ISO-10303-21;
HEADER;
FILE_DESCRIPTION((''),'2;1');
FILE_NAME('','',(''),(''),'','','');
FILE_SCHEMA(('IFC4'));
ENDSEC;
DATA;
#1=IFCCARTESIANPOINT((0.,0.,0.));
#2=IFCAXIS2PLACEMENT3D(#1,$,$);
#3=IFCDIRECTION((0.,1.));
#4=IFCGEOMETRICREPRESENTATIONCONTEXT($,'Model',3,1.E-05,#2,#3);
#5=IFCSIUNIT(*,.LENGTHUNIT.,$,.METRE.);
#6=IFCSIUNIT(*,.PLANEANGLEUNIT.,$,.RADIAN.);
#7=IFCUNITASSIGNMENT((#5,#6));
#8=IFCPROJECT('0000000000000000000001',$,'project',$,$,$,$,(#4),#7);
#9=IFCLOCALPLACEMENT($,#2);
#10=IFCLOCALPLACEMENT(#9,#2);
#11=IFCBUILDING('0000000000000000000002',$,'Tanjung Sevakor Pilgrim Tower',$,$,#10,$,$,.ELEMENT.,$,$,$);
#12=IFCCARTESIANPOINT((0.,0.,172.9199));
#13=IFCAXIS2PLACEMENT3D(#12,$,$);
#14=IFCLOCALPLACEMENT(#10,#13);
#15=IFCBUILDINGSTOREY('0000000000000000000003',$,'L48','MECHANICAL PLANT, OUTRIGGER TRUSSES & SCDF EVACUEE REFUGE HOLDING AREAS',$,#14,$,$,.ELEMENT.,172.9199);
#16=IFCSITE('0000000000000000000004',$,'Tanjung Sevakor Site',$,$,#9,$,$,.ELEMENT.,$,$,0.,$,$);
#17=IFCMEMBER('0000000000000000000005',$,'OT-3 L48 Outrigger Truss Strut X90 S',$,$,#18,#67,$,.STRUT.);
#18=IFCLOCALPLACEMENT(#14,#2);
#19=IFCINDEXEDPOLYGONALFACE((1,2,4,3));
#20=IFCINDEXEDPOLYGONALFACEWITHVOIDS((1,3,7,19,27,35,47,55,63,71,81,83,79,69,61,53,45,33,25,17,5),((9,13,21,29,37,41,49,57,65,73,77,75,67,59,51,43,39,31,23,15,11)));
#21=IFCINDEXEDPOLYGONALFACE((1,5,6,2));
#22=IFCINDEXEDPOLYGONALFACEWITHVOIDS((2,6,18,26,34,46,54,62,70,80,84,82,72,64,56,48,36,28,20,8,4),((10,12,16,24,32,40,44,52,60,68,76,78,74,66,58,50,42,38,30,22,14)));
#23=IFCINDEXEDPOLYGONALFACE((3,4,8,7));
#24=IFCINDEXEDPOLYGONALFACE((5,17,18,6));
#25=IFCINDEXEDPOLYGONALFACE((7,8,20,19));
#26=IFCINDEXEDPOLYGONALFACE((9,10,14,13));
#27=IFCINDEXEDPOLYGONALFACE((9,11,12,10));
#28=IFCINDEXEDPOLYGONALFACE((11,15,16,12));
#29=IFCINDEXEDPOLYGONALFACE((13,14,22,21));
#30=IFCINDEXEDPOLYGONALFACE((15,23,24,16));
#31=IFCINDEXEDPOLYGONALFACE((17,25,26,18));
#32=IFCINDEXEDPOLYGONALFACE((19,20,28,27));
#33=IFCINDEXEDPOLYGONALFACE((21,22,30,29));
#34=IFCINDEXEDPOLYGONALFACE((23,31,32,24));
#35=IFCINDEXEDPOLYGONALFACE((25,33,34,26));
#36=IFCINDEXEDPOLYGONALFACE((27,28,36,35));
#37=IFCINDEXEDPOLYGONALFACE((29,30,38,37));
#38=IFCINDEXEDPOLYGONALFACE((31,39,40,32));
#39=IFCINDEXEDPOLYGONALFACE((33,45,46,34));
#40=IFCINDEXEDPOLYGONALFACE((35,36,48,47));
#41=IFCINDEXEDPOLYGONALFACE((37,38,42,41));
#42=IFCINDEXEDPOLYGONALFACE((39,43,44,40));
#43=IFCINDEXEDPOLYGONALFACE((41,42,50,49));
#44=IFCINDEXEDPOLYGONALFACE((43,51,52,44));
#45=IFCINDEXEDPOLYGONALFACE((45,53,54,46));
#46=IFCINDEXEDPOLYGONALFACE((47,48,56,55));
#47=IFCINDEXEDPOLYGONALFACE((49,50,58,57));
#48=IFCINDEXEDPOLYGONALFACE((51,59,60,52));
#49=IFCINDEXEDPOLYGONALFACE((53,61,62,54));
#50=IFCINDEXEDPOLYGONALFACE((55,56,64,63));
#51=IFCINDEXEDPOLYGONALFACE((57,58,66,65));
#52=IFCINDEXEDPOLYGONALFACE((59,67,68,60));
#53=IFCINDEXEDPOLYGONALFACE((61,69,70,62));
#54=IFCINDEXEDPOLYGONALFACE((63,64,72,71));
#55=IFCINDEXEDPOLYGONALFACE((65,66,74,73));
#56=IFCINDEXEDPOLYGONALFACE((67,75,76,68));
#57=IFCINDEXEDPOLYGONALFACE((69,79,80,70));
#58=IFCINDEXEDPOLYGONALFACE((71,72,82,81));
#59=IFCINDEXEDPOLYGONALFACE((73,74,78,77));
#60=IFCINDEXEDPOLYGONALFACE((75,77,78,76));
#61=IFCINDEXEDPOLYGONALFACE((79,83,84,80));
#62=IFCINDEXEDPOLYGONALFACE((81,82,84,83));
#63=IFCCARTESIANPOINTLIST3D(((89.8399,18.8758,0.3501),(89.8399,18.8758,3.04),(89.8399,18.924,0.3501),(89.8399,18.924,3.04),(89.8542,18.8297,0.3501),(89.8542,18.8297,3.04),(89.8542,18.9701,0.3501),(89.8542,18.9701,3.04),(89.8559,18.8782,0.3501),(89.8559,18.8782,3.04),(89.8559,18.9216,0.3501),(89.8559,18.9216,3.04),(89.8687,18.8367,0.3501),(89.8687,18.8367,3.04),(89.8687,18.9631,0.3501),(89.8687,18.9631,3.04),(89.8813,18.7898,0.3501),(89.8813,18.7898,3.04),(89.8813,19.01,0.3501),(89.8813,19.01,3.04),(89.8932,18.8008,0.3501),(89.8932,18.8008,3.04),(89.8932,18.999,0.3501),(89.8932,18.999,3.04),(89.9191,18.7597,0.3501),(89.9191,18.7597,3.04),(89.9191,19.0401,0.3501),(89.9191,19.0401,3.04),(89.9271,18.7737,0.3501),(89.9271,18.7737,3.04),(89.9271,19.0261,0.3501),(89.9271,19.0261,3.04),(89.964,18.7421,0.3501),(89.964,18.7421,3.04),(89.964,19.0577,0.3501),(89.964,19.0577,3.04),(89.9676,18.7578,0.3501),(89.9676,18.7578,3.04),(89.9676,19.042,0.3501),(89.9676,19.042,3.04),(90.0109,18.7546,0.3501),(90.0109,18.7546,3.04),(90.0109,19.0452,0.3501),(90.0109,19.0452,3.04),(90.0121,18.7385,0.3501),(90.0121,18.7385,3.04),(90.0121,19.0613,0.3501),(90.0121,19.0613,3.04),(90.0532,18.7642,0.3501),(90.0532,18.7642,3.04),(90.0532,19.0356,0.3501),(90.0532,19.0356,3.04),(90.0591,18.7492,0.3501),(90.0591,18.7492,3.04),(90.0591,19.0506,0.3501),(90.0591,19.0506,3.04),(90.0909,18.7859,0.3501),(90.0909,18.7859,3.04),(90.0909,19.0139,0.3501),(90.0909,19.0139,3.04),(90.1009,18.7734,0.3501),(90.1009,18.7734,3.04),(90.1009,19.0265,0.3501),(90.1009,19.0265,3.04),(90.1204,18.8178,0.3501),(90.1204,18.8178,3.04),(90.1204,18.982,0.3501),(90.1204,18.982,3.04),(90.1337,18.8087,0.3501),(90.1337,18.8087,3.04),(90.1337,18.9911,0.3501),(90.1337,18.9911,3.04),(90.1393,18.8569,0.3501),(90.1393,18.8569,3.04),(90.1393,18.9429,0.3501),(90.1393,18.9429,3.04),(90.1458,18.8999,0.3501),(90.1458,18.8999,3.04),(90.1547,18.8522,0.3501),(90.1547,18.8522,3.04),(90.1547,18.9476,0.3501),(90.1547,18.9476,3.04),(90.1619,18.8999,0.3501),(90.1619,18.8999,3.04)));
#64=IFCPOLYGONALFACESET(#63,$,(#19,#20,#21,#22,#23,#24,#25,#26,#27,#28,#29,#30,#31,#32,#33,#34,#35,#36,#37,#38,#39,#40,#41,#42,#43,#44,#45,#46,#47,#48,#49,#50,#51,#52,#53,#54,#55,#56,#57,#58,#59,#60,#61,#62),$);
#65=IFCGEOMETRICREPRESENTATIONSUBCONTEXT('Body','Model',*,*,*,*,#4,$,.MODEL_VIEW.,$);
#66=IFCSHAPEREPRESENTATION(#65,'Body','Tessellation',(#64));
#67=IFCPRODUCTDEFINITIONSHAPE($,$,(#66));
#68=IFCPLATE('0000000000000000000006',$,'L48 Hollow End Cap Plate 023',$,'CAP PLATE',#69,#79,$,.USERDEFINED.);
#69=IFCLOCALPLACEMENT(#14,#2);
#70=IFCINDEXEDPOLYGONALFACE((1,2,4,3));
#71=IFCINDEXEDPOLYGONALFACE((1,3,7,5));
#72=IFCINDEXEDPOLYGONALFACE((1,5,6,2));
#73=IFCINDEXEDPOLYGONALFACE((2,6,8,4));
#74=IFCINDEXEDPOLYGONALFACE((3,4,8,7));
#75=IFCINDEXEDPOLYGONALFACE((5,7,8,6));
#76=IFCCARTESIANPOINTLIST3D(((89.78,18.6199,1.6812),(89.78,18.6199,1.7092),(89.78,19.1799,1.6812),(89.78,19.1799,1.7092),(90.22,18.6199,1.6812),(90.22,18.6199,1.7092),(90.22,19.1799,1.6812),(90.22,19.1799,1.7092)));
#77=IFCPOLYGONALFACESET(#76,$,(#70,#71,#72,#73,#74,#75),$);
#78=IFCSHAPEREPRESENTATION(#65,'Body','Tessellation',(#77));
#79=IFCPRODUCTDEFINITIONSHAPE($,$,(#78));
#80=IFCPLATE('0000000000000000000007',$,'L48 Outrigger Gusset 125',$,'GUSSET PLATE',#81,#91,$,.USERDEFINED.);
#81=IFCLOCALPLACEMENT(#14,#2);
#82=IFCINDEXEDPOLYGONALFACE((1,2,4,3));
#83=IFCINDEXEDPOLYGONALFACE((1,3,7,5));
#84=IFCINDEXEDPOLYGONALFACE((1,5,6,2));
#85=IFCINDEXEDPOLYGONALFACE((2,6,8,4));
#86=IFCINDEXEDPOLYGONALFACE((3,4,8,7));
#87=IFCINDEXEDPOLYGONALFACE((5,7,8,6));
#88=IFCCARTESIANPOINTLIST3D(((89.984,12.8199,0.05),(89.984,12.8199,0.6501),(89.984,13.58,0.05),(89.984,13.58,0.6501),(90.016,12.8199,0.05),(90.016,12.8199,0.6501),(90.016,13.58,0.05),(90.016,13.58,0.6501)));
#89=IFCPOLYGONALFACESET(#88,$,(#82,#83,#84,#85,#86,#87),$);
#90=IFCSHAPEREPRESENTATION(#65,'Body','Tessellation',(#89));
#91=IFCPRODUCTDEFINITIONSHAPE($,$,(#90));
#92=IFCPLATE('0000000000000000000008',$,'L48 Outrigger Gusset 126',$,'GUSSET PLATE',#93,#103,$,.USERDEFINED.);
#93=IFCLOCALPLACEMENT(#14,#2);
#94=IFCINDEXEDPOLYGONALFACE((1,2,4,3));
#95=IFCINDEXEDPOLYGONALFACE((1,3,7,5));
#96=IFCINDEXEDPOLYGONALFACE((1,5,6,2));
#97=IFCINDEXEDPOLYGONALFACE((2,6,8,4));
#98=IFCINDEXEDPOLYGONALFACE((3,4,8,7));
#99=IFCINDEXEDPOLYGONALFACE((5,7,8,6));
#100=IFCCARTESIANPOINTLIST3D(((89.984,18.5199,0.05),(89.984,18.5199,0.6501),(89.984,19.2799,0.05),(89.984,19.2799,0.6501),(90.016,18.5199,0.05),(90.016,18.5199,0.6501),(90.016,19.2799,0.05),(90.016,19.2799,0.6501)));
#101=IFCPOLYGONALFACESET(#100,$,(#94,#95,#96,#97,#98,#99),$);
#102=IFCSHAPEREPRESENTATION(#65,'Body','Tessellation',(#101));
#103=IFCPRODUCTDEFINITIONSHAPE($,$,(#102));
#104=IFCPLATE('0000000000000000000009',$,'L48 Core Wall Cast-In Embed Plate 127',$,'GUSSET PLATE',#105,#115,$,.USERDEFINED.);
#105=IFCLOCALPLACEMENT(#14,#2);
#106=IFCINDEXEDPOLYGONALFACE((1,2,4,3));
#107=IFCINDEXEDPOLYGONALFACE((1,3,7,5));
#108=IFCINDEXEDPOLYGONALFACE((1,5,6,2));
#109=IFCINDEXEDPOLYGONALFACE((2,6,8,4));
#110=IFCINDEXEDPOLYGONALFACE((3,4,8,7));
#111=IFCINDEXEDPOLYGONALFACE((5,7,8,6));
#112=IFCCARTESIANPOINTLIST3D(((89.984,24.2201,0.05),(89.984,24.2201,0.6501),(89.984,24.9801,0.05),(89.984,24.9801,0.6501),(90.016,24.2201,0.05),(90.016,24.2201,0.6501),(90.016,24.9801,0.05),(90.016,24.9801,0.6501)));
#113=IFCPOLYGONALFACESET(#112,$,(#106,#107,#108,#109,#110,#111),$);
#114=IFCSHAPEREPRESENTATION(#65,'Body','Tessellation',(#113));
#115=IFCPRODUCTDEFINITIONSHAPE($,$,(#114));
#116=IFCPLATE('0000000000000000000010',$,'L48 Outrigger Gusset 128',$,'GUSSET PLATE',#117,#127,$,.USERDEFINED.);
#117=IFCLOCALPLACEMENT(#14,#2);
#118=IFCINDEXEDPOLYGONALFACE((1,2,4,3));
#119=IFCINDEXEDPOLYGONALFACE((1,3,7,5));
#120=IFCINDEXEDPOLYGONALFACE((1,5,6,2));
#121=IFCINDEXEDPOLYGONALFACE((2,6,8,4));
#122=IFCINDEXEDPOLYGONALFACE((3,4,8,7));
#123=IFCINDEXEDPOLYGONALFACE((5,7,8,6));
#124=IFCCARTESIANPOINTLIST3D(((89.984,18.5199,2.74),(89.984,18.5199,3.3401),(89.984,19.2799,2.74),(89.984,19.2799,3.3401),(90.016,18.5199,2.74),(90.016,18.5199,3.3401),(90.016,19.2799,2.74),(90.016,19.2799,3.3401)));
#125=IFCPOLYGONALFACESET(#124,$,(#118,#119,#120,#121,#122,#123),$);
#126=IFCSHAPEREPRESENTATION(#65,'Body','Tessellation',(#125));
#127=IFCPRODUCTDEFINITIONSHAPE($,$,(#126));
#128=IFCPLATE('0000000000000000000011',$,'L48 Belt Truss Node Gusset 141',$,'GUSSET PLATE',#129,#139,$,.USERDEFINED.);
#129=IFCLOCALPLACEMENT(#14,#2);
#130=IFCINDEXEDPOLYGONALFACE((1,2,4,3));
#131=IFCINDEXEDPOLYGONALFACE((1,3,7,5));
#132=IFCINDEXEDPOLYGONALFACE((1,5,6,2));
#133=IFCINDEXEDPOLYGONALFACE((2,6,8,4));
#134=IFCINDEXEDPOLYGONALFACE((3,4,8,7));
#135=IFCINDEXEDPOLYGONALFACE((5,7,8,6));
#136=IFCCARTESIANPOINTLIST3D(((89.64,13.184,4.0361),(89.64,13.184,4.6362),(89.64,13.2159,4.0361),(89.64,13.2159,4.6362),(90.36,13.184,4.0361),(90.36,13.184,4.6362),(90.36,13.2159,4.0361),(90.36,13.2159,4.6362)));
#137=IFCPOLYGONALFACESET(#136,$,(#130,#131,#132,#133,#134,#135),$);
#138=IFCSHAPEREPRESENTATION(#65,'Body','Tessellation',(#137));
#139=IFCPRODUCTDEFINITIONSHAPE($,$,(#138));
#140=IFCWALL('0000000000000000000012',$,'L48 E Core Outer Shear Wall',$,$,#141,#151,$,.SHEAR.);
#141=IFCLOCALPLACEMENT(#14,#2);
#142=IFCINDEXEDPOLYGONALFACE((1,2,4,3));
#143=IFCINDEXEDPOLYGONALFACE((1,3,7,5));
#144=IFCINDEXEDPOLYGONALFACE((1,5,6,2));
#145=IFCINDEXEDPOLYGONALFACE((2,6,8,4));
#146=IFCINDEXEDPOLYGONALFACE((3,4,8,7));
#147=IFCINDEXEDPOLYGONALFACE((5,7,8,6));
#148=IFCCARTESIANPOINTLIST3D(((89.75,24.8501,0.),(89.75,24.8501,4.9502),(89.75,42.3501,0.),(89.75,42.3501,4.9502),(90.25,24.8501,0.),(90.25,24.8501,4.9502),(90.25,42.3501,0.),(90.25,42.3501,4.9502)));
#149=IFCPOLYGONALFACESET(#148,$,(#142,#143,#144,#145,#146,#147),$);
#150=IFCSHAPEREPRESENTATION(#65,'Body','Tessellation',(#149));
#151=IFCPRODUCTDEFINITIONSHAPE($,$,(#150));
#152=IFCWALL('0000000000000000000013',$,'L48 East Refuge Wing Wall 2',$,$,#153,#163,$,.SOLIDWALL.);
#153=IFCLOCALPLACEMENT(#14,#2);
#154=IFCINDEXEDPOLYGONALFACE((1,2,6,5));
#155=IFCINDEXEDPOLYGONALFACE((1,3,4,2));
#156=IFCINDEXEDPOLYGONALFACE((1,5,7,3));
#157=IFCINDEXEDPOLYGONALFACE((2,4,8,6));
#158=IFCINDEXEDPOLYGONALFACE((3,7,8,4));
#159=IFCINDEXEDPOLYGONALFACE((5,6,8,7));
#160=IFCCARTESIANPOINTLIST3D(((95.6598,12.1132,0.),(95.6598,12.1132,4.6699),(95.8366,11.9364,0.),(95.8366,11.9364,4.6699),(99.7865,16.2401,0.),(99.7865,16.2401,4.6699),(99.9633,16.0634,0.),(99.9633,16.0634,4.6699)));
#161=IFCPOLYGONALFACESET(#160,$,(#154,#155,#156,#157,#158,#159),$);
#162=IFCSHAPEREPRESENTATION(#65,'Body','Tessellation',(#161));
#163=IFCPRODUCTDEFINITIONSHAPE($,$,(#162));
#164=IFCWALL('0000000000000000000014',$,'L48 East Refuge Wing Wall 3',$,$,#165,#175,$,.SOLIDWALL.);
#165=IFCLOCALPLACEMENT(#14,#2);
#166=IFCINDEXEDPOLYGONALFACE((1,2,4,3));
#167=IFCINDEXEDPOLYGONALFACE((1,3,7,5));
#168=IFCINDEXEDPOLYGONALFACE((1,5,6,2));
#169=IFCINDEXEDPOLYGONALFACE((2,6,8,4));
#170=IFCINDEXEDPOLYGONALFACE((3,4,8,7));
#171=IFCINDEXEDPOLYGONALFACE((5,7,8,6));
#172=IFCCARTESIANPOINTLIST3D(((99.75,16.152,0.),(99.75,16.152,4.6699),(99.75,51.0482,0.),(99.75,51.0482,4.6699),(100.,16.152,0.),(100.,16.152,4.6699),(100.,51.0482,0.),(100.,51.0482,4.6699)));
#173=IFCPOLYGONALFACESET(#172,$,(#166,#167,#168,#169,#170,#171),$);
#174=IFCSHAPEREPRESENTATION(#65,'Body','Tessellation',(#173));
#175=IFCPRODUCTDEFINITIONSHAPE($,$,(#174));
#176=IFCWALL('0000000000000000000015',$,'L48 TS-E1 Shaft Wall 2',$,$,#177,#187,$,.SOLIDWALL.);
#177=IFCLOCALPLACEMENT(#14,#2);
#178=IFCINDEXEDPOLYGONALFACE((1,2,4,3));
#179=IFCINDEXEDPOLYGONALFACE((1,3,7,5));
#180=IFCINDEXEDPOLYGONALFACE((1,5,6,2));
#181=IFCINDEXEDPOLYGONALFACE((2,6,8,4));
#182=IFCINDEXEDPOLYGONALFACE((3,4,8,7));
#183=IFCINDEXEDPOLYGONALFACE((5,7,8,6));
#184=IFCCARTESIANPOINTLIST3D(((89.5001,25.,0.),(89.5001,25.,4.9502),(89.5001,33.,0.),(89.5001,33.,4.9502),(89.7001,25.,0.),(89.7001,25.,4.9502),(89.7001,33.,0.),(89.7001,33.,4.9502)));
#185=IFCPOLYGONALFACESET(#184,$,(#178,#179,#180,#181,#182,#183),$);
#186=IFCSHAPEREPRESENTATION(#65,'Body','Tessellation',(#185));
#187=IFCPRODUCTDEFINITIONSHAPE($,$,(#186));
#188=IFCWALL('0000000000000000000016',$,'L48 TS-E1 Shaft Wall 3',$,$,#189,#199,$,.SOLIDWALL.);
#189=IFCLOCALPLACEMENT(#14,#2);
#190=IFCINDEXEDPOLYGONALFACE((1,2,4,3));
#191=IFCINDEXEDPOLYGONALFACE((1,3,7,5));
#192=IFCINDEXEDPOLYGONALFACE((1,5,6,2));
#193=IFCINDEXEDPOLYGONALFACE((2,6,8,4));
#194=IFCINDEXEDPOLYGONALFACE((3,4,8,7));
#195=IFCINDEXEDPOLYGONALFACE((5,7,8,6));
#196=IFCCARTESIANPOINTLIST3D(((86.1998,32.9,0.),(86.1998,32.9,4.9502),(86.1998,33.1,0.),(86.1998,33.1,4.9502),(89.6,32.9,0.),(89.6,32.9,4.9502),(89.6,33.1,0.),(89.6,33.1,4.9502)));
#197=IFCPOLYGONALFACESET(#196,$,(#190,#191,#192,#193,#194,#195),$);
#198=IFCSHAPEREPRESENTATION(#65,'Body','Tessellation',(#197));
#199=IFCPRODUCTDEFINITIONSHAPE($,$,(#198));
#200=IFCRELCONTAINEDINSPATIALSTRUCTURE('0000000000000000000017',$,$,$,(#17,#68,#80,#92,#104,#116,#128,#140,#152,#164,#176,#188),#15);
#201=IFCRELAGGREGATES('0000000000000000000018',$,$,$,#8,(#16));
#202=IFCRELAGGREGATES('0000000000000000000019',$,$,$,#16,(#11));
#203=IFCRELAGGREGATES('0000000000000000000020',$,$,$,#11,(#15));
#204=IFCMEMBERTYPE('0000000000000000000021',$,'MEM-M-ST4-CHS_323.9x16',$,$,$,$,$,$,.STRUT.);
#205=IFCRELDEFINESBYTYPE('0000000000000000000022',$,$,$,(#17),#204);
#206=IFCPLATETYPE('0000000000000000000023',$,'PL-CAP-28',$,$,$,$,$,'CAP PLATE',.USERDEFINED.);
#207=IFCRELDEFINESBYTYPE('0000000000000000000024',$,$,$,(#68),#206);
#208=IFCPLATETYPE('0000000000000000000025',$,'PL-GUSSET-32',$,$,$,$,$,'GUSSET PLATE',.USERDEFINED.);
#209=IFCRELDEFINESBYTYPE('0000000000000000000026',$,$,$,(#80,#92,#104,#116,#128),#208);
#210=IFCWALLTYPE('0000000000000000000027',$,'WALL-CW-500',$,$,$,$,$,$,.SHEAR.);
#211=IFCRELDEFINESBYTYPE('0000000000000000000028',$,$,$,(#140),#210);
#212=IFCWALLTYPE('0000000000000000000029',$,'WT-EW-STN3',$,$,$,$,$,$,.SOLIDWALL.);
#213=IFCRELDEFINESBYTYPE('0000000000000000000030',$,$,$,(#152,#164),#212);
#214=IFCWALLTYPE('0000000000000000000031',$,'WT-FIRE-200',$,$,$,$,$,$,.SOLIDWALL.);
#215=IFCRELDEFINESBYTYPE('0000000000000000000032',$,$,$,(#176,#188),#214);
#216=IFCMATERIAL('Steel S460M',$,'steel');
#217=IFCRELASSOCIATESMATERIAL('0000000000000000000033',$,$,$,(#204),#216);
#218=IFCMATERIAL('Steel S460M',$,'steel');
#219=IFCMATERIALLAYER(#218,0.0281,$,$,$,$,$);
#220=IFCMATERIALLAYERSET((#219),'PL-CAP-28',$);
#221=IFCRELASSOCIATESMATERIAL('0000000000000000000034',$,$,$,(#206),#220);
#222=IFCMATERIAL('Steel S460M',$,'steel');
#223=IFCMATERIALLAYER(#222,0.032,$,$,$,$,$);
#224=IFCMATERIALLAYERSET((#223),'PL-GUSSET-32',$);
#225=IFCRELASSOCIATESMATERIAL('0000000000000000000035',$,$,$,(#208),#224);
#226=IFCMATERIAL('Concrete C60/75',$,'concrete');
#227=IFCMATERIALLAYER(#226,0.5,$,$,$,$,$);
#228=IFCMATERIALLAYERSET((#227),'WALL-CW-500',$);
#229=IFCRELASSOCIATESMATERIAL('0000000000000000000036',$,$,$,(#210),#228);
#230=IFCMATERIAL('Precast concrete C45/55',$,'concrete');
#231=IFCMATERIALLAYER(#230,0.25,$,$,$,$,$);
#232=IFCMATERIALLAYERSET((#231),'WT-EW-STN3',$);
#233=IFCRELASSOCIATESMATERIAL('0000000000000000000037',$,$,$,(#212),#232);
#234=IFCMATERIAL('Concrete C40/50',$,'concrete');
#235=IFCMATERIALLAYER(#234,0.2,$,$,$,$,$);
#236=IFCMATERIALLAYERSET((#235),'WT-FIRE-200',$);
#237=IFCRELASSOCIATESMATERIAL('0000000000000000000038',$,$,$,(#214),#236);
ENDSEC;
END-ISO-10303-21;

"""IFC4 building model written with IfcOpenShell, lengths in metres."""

from ifc_helpers import new_model, si_unit, direction, frame, frame_2d, origin, origin_2d, place, context, subcontext, project, spatial, rectangle, hollow_circle, extrude, material, layer, layer_set, material_profile, profile_set, type_object, element, save


model = new_model("IFC4")

# Units and contexts
model_context = context("Model", 3, precision=1e-05, world=origin(), true_north=direction((0.0, 1.0)))
body_context = subcontext(model_context, "Body", "Model", "MODEL_VIEW")
ifc_project = project(units=[si_unit("LENGTHUNIT", "METRE"), si_unit("PLANEANGLEUNIT", "RADIAN")], contexts=[model_context])

# Site, building, storey
site_placement = place(None, origin())
site = spatial("IfcSite", under=ifc_project, at=site_placement, Name="Tanjung Sevakor Site", CompositionType="ELEMENT", RefElevation=0.0)
building_placement = place(site_placement, origin())
building = spatial("IfcBuilding", under=site, at=building_placement, Name="Tanjung Sevakor Pilgrim Tower", CompositionType="ELEMENT")
storey_placement = place(building_placement, frame((0.0, 0.0, 172.9199)))
storey = spatial("IfcBuildingStorey", under=building, at=storey_placement, Name="L48", Description="MECHANICAL PLANT, OUTRIGGER TRUSSES & SCDF EVACUEE REFUGE HOLDING AREAS", CompositionType="ELEMENT", Elevation=172.9199)

# Member
ifc_material_1 = material(Name="Steel S460M", Category="steel")
ifc_material_profile_1 = material_profile(ifc_material_1, hollow_circle(Radius=0.1619, WallThickness=0.0161, at=origin_2d()))
ifc_profile_set_1 = profile_set([ifc_material_profile_1], Name="Steel S460M")
member_type_1 = type_object("IfcMemberType", Name="MEM-M-ST4-CHS_323.9x16", PredefinedType="STRUT", material=ifc_profile_set_1)
member_1_placement = place(storey_placement, frame((90.0, 18.8999, 0.3501), z_axis=(0.0, 0.0, 1.0), x_axis=(1.0, 0.0, 0.0)))
element("IfcMember", 1, at=member_1_placement, inside=storey, type_object=member_type_1, Name="OT-3 L48 Outrigger Truss Strut X90 S", PredefinedType="STRUT", context=body_context, shape_type="SweptSolid", body=[
    extrude(hollow_circle(Radius=0.1619, WallThickness=0.0161, at=origin_2d()), origin(), (0.0, 0.0, 1.0), 2.6899),
])

# Plates
ifc_material_2 = material(Name="Steel S460M", Category="steel")
ifc_layer_1 = layer(ifc_material_2, 0.0281)
ifc_layer_set_1 = layer_set([ifc_layer_1], Name="PL-CAP-28")
plate_type_1 = type_object("IfcPlateType", Name="PL-CAP-28", ElementType="CAP PLATE", PredefinedType="USERDEFINED", material=ifc_layer_set_1)
plate_1_placement = place(storey_placement, frame((90.0, 18.8999, 1.6812), z_axis=(0.0, 0.0, 1.0), x_axis=(1.0, 0.0, 0.0)))
element("IfcPlate", 2, at=plate_1_placement, inside=storey, type_object=plate_type_1, Name="L48 Hollow End Cap Plate 023", ObjectType="CAP PLATE", PredefinedType="USERDEFINED", context=body_context, shape_type="SweptSolid", body=[
    extrude(rectangle(XDim=0.4399, YDim=0.5601, at=origin_2d()), origin(), (0.0, 0.0, 1.0), 0.0281),
])
ifc_material_3 = material(Name="Steel S460M", Category="steel")
ifc_layer_2 = layer(ifc_material_3, 0.032)
ifc_layer_set_2 = layer_set([ifc_layer_2], Name="PL-GUSSET-32")
plate_type_2 = type_object("IfcPlateType", Name="PL-GUSSET-32", ElementType="GUSSET PLATE", PredefinedType="USERDEFINED", material=ifc_layer_set_2)
for number, where, z_axis, x_axis, name in (
    (3, (90.0, 13.2, 0.05), (0.0, 0.0, 1.0), (1.0, 0.0, 0.0), "L48 Outrigger Gusset 125"),
    (4, (90.0, 18.8999, 0.05), (0.0, 0.0, 1.0), (1.0, 0.0, 0.0), "L48 Outrigger Gusset 126"),
    (5, (90.0, 24.6001, 0.05), (0.0, 0.0, 1.0), (1.0, 0.0, 0.0), "L48 Core Wall Cast-In Embed Plate 127"),
    (6, (90.0, 18.8999, 2.74), (0.0, 0.0, 1.0), (1.0, 0.0, 0.0), "L48 Outrigger Gusset 128"),
):
    element("IfcPlate", number, at=place(storey_placement, frame(where, z_axis=z_axis, x_axis=x_axis)), inside=storey, type_object=plate_type_2, Name=name, ObjectType="GUSSET PLATE", PredefinedType="USERDEFINED", context=body_context, shape_type="SweptSolid", body=[
        extrude(rectangle(XDim=0.032, YDim=0.76, at=origin_2d()), origin(), (0.0, 0.0, 1.0), 0.6001),
    ])
plate_2_placement = place(storey_placement, frame((90.0, 13.2, 4.0361), z_axis=(0.0, 0.0, 1.0), x_axis=(1.0, 0.0, 0.0)))
element("IfcPlate", 7, at=plate_2_placement, inside=storey, type_object=plate_type_2, Name="L48 Belt Truss Node Gusset 141", ObjectType="GUSSET PLATE", PredefinedType="USERDEFINED", context=body_context, shape_type="SweptSolid", body=[
    extrude(rectangle(XDim=0.72, YDim=0.032, at=origin_2d()), origin(), (0.0, 0.0, 1.0), 0.6001),
])

# Walls
ifc_material_4 = material(Name="Concrete C60/75", Category="concrete")
ifc_layer_3 = layer(ifc_material_4, 0.5)
ifc_layer_set_3 = layer_set([ifc_layer_3], Name="WALL-CW-500")
wall_type_1 = type_object("IfcWallType", Name="WALL-CW-500", PredefinedType="SHEAR", material=ifc_layer_set_3)
wall_1_placement = place(storey_placement, frame((90.0, 24.8501, 0.0), z_axis=(0.0, 0.0, 1.0), x_axis=(0.0, 1.0, 0.0)))
element("IfcWall", 8, at=wall_1_placement, inside=storey, type_object=wall_type_1, Name="L48 E Core Outer Shear Wall", PredefinedType="SHEAR", context=body_context, shape_type="SweptSolid", body=[
    extrude(rectangle(XDim=17.5, YDim=0.5, at=frame_2d((8.75, 0.0))), origin(), (0.0, 0.0, 1.0), 4.9502),
])
ifc_material_5 = material(Name="Precast concrete C45/55", Category="concrete")
ifc_layer_4 = layer(ifc_material_5, 0.25)
ifc_layer_set_4 = layer_set([ifc_layer_4], Name="WT-EW-STN3")
wall_type_2 = type_object("IfcWallType", Name="WT-EW-STN3", PredefinedType="SOLIDWALL", material=ifc_layer_set_4)
wall_2_placement = place(storey_placement, frame((95.7483, 12.0249, 0.0), z_axis=(0.0, 0.0, 1.0), x_axis=(0.707086, 0.707128, 0.0)))
element("IfcWall", 9, at=wall_2_placement, inside=storey, type_object=wall_type_2, Name="L48 East Refuge Wing Wall 2", PredefinedType="SOLIDWALL", context=body_context, shape_type="SweptSolid", body=[
    extrude(rectangle(XDim=5.8362, YDim=0.25, at=frame_2d((2.918, 0.0))), origin(), (0.0, 0.0, 1.0), 4.6699),
])
wall_3_placement = place(storey_placement, frame((99.875, 16.1519, 0.0), z_axis=(0.0, 0.0, 1.0), x_axis=(0.0, 1.0, 0.0)))
element("IfcWall", 10, at=wall_3_placement, inside=storey, type_object=wall_type_2, Name="L48 East Refuge Wing Wall 3", PredefinedType="SOLIDWALL", context=body_context, shape_type="SweptSolid", body=[
    extrude(rectangle(XDim=34.8962, YDim=0.25, at=frame_2d((17.4482, 0.0))), origin(), (0.0, 0.0, 1.0), 4.6699),
])
ifc_material_6 = material(Name="Concrete C40/50", Category="concrete")
ifc_layer_5 = layer(ifc_material_6, 0.2)
ifc_layer_set_5 = layer_set([ifc_layer_5], Name="WT-FIRE-200")
wall_type_3 = type_object("IfcWallType", Name="WT-FIRE-200", PredefinedType="SOLIDWALL", material=ifc_layer_set_5)
wall_4_placement = place(storey_placement, frame((89.6001, 25.0, 0.0), z_axis=(0.0, 0.0, 1.0), x_axis=(0.0, 1.0, 0.0)))
element("IfcWall", 11, at=wall_4_placement, inside=storey, type_object=wall_type_3, Name="L48 TS-E1 Shaft Wall 2", PredefinedType="SOLIDWALL", context=body_context, shape_type="SweptSolid", body=[
    extrude(rectangle(XDim=8.0, YDim=0.2, at=frame_2d((4.0, 0.0))), origin(), (0.0, 0.0, 1.0), 4.9502),
])
wall_5_placement = place(storey_placement, frame((89.6001, 33.0, 0.0), z_axis=(0.0, 0.0, 1.0), x_axis=(-1.0, 0.0, 0.0)))
element("IfcWall", 12, at=wall_5_placement, inside=storey, type_object=wall_type_3, Name="L48 TS-E1 Shaft Wall 3", PredefinedType="SOLIDWALL", context=body_context, shape_type="SweptSolid", body=[
    extrude(rectangle(XDim=3.4001, YDim=0.2, at=frame_2d((1.7002, 0.0))), origin(), (0.0, 0.0, 1.0), 4.9502),
])

save(model, "model.ifc")
